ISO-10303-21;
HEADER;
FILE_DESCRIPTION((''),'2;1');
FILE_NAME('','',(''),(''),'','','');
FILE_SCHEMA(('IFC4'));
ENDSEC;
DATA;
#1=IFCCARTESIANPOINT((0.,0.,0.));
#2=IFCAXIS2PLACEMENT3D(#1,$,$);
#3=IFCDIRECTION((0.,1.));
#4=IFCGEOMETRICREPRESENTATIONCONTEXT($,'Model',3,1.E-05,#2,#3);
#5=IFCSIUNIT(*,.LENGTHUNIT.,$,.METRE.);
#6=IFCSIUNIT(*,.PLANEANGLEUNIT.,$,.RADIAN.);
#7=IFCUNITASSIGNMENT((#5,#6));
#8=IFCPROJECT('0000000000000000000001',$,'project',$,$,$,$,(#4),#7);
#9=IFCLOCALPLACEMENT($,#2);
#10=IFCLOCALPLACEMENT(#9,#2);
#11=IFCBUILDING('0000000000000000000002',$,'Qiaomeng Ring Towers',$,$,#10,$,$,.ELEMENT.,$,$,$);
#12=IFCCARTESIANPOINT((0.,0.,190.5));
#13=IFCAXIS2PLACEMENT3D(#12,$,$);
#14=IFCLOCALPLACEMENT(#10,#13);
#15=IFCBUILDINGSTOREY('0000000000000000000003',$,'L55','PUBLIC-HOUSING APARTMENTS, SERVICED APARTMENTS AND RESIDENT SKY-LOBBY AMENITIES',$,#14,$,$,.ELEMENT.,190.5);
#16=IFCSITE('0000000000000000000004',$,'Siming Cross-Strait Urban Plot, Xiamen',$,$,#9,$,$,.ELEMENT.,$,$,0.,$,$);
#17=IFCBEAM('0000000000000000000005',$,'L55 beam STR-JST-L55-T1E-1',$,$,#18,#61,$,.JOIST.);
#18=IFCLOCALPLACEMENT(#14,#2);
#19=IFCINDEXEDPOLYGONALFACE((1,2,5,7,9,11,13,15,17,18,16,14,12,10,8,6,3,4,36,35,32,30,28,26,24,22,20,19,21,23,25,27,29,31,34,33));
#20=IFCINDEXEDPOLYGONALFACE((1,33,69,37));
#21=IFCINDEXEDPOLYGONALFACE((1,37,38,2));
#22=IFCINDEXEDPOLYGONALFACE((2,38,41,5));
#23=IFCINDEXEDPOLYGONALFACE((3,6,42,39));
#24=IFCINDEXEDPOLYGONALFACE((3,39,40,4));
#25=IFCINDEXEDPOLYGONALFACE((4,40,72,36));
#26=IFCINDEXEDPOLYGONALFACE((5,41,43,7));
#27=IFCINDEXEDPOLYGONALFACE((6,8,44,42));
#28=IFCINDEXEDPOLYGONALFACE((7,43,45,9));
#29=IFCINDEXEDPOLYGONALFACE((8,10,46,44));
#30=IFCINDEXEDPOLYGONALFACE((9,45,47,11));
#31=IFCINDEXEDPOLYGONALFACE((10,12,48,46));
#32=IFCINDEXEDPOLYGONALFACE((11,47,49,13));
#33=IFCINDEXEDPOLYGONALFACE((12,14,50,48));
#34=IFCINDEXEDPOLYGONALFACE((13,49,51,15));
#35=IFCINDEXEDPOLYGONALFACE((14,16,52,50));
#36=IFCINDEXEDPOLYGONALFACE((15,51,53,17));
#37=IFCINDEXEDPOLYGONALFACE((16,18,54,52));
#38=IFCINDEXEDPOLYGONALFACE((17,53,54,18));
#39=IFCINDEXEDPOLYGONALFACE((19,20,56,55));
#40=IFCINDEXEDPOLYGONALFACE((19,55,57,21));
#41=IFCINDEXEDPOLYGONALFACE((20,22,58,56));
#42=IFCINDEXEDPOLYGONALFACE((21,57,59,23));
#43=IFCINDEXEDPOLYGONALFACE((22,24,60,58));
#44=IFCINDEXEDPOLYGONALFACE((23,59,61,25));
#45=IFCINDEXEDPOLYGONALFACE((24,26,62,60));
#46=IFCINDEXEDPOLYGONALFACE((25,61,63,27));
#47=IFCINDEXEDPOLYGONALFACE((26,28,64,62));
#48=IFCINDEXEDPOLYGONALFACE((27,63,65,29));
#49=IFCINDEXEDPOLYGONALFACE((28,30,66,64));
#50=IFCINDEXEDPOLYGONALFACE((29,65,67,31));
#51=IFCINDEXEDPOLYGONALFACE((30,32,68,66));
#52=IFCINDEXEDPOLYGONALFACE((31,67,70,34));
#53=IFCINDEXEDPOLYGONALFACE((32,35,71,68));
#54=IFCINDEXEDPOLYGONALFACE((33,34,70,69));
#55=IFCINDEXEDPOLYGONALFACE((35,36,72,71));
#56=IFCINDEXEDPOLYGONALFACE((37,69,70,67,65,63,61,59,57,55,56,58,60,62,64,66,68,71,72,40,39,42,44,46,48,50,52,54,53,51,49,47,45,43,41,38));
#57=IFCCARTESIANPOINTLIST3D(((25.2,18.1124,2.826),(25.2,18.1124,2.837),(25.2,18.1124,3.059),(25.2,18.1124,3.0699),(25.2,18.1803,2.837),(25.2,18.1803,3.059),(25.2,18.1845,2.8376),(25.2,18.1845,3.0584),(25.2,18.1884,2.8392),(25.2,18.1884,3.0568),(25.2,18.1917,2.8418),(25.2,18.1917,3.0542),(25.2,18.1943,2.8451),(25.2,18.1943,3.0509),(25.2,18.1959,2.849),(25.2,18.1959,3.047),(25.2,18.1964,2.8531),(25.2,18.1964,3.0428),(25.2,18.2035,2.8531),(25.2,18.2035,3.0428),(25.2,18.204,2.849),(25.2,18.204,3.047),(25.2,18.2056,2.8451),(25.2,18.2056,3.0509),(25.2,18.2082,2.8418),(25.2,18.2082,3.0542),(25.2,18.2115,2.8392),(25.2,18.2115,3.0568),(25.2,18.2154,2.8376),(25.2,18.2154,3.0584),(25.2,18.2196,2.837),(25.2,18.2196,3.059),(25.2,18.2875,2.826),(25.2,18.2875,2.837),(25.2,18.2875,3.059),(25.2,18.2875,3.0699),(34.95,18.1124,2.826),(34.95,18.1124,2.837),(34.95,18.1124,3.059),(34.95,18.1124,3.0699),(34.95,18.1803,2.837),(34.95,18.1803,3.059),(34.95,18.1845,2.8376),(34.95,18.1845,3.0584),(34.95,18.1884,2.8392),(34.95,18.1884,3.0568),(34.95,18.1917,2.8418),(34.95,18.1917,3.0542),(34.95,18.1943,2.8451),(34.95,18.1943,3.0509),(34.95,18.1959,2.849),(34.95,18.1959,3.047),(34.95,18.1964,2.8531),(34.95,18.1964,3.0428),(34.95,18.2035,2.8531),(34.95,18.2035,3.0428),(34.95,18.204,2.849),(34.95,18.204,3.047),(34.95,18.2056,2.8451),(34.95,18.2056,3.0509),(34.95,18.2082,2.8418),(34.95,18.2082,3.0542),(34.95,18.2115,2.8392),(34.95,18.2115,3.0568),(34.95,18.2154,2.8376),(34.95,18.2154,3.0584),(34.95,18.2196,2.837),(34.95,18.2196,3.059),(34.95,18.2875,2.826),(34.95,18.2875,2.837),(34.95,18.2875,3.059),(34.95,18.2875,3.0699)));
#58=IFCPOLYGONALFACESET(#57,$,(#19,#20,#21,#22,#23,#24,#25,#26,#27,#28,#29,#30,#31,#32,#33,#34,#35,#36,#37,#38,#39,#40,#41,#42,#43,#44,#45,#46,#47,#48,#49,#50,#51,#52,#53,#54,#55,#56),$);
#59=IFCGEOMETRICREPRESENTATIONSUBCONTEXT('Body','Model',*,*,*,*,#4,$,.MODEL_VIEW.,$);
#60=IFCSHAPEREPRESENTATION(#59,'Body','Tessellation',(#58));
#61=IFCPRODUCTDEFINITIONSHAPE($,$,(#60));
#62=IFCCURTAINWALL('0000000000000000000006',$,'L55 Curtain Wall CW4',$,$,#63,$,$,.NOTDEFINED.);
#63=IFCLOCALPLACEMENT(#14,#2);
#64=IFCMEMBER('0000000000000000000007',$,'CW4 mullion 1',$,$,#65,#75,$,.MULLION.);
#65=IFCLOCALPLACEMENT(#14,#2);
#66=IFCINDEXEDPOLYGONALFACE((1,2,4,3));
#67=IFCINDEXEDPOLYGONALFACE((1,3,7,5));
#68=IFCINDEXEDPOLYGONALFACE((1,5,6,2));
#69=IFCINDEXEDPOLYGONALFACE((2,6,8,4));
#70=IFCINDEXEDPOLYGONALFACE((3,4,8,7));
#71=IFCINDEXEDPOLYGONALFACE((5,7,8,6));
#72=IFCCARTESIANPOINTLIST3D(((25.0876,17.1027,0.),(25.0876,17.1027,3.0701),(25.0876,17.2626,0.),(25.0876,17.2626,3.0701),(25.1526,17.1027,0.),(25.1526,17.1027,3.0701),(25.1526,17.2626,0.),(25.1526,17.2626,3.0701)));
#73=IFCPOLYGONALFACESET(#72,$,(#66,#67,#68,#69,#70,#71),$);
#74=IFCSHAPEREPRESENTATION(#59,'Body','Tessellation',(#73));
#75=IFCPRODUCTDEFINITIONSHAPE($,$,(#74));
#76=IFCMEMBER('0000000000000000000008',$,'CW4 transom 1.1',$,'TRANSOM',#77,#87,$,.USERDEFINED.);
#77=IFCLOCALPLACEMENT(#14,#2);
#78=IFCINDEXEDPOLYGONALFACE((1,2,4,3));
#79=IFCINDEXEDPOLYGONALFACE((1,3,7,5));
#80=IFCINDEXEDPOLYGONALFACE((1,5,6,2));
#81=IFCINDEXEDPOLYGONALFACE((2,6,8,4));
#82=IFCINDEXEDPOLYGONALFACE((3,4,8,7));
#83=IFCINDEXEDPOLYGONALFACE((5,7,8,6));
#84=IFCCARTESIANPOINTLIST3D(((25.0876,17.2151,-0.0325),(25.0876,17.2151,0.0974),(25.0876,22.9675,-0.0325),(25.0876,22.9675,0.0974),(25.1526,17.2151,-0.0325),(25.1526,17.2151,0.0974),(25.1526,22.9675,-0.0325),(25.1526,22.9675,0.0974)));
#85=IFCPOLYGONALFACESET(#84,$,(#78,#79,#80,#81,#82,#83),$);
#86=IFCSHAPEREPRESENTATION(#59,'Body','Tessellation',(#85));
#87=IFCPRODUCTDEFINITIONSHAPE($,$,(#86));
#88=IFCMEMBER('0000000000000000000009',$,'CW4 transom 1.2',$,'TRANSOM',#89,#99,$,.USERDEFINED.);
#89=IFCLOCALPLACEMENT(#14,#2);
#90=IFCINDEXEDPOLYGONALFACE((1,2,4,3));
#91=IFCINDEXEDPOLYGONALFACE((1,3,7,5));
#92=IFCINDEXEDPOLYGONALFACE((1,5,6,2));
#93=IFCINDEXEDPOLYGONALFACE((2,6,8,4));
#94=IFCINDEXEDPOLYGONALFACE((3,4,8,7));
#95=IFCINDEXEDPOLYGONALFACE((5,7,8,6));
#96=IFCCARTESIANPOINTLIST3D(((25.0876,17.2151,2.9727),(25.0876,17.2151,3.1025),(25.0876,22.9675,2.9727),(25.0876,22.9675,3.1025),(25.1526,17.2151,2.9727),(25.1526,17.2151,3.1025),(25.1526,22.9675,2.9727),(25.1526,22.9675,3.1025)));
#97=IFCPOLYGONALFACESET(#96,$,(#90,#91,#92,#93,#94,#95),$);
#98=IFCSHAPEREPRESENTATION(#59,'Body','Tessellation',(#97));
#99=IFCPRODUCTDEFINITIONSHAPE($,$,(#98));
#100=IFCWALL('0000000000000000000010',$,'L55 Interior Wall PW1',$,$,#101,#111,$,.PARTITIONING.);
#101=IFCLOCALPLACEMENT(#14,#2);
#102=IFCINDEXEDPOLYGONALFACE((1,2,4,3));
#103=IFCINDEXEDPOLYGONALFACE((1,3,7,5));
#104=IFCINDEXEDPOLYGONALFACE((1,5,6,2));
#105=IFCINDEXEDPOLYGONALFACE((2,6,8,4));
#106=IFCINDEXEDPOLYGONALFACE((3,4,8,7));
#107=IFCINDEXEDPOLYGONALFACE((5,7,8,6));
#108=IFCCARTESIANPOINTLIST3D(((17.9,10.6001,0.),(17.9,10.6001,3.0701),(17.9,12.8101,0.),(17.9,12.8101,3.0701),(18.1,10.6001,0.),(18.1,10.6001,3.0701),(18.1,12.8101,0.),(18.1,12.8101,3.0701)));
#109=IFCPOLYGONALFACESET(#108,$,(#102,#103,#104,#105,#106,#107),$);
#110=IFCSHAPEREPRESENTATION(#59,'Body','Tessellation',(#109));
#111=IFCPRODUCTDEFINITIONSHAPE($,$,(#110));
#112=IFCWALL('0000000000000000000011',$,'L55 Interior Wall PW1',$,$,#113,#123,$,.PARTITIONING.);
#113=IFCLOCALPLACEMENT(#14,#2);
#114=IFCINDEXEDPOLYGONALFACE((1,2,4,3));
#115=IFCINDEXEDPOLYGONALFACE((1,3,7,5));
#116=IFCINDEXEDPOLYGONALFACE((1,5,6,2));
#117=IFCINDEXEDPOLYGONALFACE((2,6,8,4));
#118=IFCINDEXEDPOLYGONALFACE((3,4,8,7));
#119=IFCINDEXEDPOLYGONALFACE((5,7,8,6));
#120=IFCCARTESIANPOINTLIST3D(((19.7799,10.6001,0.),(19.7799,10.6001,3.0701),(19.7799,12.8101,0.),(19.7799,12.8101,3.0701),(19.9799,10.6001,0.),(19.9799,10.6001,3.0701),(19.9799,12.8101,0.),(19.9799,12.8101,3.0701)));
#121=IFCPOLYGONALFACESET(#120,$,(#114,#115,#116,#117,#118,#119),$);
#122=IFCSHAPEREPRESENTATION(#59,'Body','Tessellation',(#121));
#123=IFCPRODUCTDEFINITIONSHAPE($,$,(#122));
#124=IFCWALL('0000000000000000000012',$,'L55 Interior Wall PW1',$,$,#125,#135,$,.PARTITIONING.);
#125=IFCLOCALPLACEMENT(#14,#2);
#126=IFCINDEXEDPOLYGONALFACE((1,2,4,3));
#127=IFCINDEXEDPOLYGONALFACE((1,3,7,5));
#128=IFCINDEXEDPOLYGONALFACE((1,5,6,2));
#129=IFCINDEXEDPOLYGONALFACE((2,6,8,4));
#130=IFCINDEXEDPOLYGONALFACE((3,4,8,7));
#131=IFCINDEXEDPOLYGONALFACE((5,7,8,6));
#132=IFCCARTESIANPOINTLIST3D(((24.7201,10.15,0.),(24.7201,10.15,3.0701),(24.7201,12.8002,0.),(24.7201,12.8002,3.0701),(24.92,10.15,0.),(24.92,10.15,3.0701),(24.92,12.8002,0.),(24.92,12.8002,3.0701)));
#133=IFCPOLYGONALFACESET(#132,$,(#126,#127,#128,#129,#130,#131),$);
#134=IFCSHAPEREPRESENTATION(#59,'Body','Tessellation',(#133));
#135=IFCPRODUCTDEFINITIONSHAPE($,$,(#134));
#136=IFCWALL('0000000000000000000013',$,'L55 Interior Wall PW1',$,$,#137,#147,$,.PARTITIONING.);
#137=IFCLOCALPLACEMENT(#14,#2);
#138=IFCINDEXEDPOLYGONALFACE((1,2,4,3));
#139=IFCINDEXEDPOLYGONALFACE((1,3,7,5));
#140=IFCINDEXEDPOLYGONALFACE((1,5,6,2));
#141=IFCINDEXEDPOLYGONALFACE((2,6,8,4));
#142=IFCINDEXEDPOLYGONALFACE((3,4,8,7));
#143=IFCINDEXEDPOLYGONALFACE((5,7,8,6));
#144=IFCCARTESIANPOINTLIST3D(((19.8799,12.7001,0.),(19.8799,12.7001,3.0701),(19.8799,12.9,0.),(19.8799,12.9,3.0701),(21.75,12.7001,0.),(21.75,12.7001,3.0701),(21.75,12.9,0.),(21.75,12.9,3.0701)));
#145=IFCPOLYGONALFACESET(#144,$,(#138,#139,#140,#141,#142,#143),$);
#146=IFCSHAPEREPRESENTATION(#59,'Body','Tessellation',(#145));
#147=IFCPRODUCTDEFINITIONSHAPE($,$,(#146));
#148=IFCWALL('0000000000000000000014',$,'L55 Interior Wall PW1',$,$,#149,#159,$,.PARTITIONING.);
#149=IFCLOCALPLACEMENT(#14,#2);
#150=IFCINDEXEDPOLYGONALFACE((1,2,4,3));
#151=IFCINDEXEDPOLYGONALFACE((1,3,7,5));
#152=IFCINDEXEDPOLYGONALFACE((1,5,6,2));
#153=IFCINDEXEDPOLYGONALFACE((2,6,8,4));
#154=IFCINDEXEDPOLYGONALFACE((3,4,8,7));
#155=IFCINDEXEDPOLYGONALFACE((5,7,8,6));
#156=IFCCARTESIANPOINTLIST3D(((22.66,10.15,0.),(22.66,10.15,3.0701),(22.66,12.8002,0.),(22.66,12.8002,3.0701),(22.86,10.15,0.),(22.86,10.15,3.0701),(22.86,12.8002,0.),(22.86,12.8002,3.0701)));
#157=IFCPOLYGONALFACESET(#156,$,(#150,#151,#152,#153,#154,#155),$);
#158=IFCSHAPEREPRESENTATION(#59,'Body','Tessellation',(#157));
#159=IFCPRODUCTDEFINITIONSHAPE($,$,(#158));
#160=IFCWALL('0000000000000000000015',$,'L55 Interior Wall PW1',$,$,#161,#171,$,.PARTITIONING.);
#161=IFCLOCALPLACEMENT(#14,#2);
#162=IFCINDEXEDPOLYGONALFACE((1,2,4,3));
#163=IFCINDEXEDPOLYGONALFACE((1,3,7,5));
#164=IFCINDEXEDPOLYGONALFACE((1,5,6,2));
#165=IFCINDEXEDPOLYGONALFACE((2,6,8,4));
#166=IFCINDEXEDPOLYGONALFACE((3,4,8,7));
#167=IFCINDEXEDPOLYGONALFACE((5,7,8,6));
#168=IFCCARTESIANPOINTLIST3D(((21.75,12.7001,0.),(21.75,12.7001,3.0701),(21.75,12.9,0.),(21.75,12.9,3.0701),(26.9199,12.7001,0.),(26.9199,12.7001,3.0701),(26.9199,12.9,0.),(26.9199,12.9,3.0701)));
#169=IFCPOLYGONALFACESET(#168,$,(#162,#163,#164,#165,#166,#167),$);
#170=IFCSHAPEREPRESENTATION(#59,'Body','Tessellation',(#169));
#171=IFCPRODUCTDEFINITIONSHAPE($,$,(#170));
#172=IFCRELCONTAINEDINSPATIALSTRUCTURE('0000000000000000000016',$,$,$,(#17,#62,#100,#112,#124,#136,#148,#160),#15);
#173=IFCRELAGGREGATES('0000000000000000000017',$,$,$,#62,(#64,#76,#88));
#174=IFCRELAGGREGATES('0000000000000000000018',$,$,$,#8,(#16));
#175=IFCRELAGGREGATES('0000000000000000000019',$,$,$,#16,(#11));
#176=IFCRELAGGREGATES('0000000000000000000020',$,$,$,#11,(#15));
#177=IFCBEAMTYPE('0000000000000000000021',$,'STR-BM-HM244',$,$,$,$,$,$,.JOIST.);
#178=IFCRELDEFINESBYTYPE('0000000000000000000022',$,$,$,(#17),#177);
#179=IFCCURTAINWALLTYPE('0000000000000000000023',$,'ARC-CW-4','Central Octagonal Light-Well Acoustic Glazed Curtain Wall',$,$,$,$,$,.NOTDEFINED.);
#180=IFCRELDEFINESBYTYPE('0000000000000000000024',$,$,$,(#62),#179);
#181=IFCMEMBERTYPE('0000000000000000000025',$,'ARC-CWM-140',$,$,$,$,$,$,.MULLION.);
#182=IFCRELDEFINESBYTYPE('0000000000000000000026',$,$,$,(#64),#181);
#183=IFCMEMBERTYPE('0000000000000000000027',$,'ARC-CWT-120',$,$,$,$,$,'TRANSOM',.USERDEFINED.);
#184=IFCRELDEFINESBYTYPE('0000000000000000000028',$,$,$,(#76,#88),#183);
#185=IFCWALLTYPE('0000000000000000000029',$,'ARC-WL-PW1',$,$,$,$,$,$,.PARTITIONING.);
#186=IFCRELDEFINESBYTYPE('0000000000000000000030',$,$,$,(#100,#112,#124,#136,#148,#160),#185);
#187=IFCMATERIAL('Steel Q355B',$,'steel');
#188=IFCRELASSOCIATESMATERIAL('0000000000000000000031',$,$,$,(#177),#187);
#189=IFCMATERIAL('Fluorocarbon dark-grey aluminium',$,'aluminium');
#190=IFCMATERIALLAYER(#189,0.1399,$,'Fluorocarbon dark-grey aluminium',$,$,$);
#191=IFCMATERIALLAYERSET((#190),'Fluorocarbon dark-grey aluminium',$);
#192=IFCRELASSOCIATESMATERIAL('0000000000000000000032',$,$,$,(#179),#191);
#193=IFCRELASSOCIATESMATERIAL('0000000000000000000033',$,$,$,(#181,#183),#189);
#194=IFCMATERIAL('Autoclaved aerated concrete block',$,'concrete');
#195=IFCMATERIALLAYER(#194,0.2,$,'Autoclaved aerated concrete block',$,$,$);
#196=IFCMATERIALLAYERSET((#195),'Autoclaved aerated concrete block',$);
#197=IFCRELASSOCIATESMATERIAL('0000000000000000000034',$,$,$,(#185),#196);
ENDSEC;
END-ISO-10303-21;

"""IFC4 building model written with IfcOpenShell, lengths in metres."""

from ifc_helpers import new_model, si_unit, direction, frame, frame_2d, origin, origin_2d, place, context, subcontext, project, spatial, rectangle, i_section, extrude, source, transform, mapped, material, layer, layer_set, material_profile, profile_set, type_object, element, aggregate, save


model = new_model("IFC4")

# Units and contexts
model_context = context("Model", 3, precision=1e-05, world=origin(), true_north=direction((0.0, 1.0)))
body_context = subcontext(model_context, "Body", "Model", "MODEL_VIEW")
ifc_project = project(units=[si_unit("LENGTHUNIT", "METRE"), si_unit("PLANEANGLEUNIT", "RADIAN")], contexts=[model_context])

# Site, building, storey
site_placement = place(None, origin())
site = spatial("IfcSite", under=ifc_project, at=site_placement, Name="Siming Cross-Strait Urban Plot, Xiamen", CompositionType="ELEMENT", RefElevation=0.0)
building_placement = place(site_placement, origin())
building = spatial("IfcBuilding", under=site, at=building_placement, Name="Qiaomeng Ring Towers", CompositionType="ELEMENT")
storey_placement = place(building_placement, frame((0.0, 0.0, 190.5)))
storey = spatial("IfcBuildingStorey", under=building, at=storey_placement, Name="L55", Description="PUBLIC-HOUSING APARTMENTS, SERVICED APARTMENTS AND RESIDENT SKY-LOBBY AMENITIES", CompositionType="ELEMENT", Elevation=190.5)

# Beam
ifc_material_1 = material(Name="Steel Q355B", Category="steel")
ifc_material_profile_1 = material_profile(ifc_material_1, i_section(OverallWidth=0.175, OverallDepth=0.2439, WebThickness=0.0071, FlangeThickness=0.011, FilletRadius=0.0161, at=origin_2d()), Name="HM 244x175x7x11")
ifc_profile_set_1 = profile_set([ifc_material_profile_1], Name="Steel Q355B")
beam_type_1 = type_object("IfcBeamType", Name="STR-BM-HM244", PredefinedType="JOIST", material=ifc_profile_set_1)
shared_shape_1 = source(origin(), body_context, "Body", "SweptSolid", [
    extrude(i_section(OverallWidth=0.175, OverallDepth=0.2439, WebThickness=0.0071, FlangeThickness=0.011, FilletRadius=0.0161, at=origin_2d()), origin(), (0.0, 0.0, 1.0), 9.75),
])
beam_1_placement = place(storey_placement, frame((25.2, 18.2, 2.948), z_axis=(1.0, 0.0, 0.0), x_axis=(0.0, 1.0, 0.0)))
element("IfcBeam", 1, at=beam_1_placement, inside=storey, type_object=beam_type_1, Name="L55 beam STR-JST-L55-T1E-1", PredefinedType="JOIST", context=body_context, shape_type="MappedRepresentation", body=[
    mapped(shared_shape_1, transform((0.0, 0.0, 0.0), x_axis=(1.0, 0.0, 0.0), y_axis=(0.0, 1.0, 0.0), z_axis=(0.0, 0.0, 1.0), scale=1.0)),
])

# Curtain wall, members
ifc_material_2 = material(Name="Fluorocarbon dark-grey aluminium", Category="aluminium")
ifc_layer_1 = layer(ifc_material_2, 0.1399, Name="Fluorocarbon dark-grey aluminium")
ifc_layer_set_1 = layer_set([ifc_layer_1], Name="Fluorocarbon dark-grey aluminium")
curtain_wall_type = type_object("IfcCurtainWallType", Name="ARC-CW-4", Description="Central Octagonal Light-Well Acoustic Glazed Curtain Wall", PredefinedType="NOTDEFINED", material=ifc_layer_set_1)
curtain_wall_placement = place(storey_placement, origin())
curtain_wall = element("IfcCurtainWall", 2, at=curtain_wall_placement, inside=storey, type_object=curtain_wall_type, Name="L55 Curtain Wall CW4", PredefinedType="NOTDEFINED")
ifc_material_profile_2 = material_profile(ifc_material_2, rectangle(XDim=0.0649, YDim=0.1599, at=origin_2d()), Name="ALU MULL 65x160")
ifc_profile_set_2 = profile_set([ifc_material_profile_2], Name="Fluorocarbon dark-grey aluminium")
member_type_1 = type_object("IfcMemberType", Name="ARC-CWM-140", PredefinedType="MULLION", material=ifc_profile_set_2)
shared_shape_2 = source(origin(), body_context, "Body", "SweptSolid", [
    extrude(rectangle(XDim=0.0649, YDim=0.1599, at=origin_2d()), origin(), (0.0, 0.0, 1.0), 3.0701),
])
member_1_placement = place(storey_placement, frame((25.1201, 17.1826, 0.0), z_axis=(0.0, 0.0, 1.0), x_axis=(-1.0, 0.0, 0.0)))
member_1 = element("IfcMember", 3, at=member_1_placement, type_object=member_type_1, Name="CW4 mullion 1", PredefinedType="MULLION", context=body_context, shape_type="MappedRepresentation", body=[
    mapped(shared_shape_2, transform((0.0, 0.0, 0.0), x_axis=(1.0, 0.0, 0.0), y_axis=(0.0, 1.0, 0.0), z_axis=(0.0, 0.0, 1.0), scale=1.0)),
])
ifc_material_profile_3 = material_profile(ifc_material_2, rectangle(XDim=0.0649, YDim=0.1299, at=origin_2d()), Name="ALU TRAN 65x130")
ifc_profile_set_3 = profile_set([ifc_material_profile_3], Name="Fluorocarbon dark-grey aluminium")
member_type_2 = type_object("IfcMemberType", Name="ARC-CWT-120", ElementType="TRANSOM", PredefinedType="USERDEFINED", material=ifc_profile_set_3)
shared_shape_3 = source(origin(), body_context, "Body", "SweptSolid", [
    extrude(rectangle(XDim=0.0649, YDim=0.1299, at=origin_2d()), origin(), (0.0, 0.0, 1.0), 5.7524),
])
member_2_placement = place(storey_placement, frame((25.1201, 17.2151, 0.0325), z_axis=(0.0, 1.0, 0.0), x_axis=(-1.0, 0.0, 0.0)))
member_2 = element("IfcMember", 4, at=member_2_placement, type_object=member_type_2, Name="CW4 transom 1.1", ObjectType="TRANSOM", PredefinedType="USERDEFINED", context=body_context, shape_type="MappedRepresentation", body=[
    mapped(shared_shape_3, transform((0.0, 0.0, 0.0), x_axis=(1.0, 0.0, 0.0), y_axis=(0.0, 1.0, 0.0), z_axis=(0.0, 0.0, 1.0), scale=1.0)),
])
member_3_placement = place(storey_placement, frame((25.1201, 17.2151, 3.0376), z_axis=(0.0, 1.0, 0.0), x_axis=(-1.0, 0.0, 0.0)))
member_3 = element("IfcMember", 5, at=member_3_placement, type_object=member_type_2, Name="CW4 transom 1.2", ObjectType="TRANSOM", PredefinedType="USERDEFINED", context=body_context, shape_type="MappedRepresentation", body=[
    mapped(shared_shape_3, transform((0.0, 0.0, 0.0), x_axis=(1.0, 0.0, 0.0), y_axis=(0.0, 1.0, 0.0), z_axis=(0.0, 0.0, 1.0), scale=1.0)),
])
aggregate(curtain_wall, [member_1, member_2, member_3])

# Walls
ifc_material_3 = material(Name="Autoclaved aerated concrete block", Category="concrete")
ifc_layer_2 = layer(ifc_material_3, 0.2, Name="Autoclaved aerated concrete block")
ifc_layer_set_2 = layer_set([ifc_layer_2], Name="Autoclaved aerated concrete block")
wall_type_1 = type_object("IfcWallType", Name="ARC-WL-PW1", PredefinedType="PARTITIONING", material=ifc_layer_set_2)
for number, where, z_axis, x_axis, name in (
    (6, (18.0, 10.6001, 0.0), (0.0, 0.0, 1.0), (0.0, 1.0, 0.0), "L55 Interior Wall PW1"),
    (7, (19.8799, 10.6001, 0.0), (0.0, 0.0, 1.0), (0.0, 1.0, 0.0), "L55 Interior Wall PW1"),
):
    element("IfcWall", number, at=place(storey_placement, frame(where, z_axis=z_axis, x_axis=x_axis)), inside=storey, type_object=wall_type_1, Name=name, PredefinedType="PARTITIONING", context=body_context, shape_type="SweptSolid", body=[
        extrude(rectangle(XDim=2.21, YDim=0.2, at=frame_2d((1.105, 0.0))), origin(), (0.0, 0.0, 1.0), 3.0701),
    ])
wall_1_placement = place(storey_placement, frame((24.8201, 10.1499, 0.0), z_axis=(0.0, 0.0, 1.0), x_axis=(0.0, 1.0, 0.0)))
element("IfcWall", 8, at=wall_1_placement, inside=storey, type_object=wall_type_1, Name="L55 Interior Wall PW1", PredefinedType="PARTITIONING", context=body_context, shape_type="SweptSolid", body=[
    extrude(rectangle(XDim=2.6501, YDim=0.2, at=frame_2d((1.3252, 0.0))), origin(), (0.0, 0.0, 1.0), 3.0701),
])
wall_2_placement = place(storey_placement, frame((19.8799, 12.8, 0.0), z_axis=(0.0, 0.0, 1.0), x_axis=(1.0, 0.0, 0.0)))
element("IfcWall", 9, at=wall_2_placement, inside=storey, type_object=wall_type_1, Name="L55 Interior Wall PW1", PredefinedType="PARTITIONING", context=body_context, shape_type="SweptSolid", body=[
    extrude(rectangle(XDim=1.8701, YDim=0.2, at=frame_2d((0.9351, 0.0))), origin(), (0.0, 0.0, 1.0), 3.0701),
])
wall_3_placement = place(storey_placement, frame((22.76, 10.1499, 0.0), z_axis=(0.0, 0.0, 1.0), x_axis=(0.0, 1.0, 0.0)))
element("IfcWall", 10, at=wall_3_placement, inside=storey, type_object=wall_type_1, Name="L55 Interior Wall PW1", PredefinedType="PARTITIONING", context=body_context, shape_type="SweptSolid", body=[
    extrude(rectangle(XDim=2.6501, YDim=0.2, at=frame_2d((1.3252, 0.0))), origin(), (0.0, 0.0, 1.0), 3.0701),
])
wall_4_placement = place(storey_placement, frame((21.75, 12.8, 0.0), z_axis=(0.0, 0.0, 1.0), x_axis=(1.0, 0.0, 0.0)))
element("IfcWall", 11, at=wall_4_placement, inside=storey, type_object=wall_type_1, Name="L55 Interior Wall PW1", PredefinedType="PARTITIONING", context=body_context, shape_type="SweptSolid", body=[
    extrude(rectangle(XDim=5.1699, YDim=0.2, at=frame_2d((2.585, 0.0))), origin(), (0.0, 0.0, 1.0), 3.0701),
])

save(model, "model.ifc")
